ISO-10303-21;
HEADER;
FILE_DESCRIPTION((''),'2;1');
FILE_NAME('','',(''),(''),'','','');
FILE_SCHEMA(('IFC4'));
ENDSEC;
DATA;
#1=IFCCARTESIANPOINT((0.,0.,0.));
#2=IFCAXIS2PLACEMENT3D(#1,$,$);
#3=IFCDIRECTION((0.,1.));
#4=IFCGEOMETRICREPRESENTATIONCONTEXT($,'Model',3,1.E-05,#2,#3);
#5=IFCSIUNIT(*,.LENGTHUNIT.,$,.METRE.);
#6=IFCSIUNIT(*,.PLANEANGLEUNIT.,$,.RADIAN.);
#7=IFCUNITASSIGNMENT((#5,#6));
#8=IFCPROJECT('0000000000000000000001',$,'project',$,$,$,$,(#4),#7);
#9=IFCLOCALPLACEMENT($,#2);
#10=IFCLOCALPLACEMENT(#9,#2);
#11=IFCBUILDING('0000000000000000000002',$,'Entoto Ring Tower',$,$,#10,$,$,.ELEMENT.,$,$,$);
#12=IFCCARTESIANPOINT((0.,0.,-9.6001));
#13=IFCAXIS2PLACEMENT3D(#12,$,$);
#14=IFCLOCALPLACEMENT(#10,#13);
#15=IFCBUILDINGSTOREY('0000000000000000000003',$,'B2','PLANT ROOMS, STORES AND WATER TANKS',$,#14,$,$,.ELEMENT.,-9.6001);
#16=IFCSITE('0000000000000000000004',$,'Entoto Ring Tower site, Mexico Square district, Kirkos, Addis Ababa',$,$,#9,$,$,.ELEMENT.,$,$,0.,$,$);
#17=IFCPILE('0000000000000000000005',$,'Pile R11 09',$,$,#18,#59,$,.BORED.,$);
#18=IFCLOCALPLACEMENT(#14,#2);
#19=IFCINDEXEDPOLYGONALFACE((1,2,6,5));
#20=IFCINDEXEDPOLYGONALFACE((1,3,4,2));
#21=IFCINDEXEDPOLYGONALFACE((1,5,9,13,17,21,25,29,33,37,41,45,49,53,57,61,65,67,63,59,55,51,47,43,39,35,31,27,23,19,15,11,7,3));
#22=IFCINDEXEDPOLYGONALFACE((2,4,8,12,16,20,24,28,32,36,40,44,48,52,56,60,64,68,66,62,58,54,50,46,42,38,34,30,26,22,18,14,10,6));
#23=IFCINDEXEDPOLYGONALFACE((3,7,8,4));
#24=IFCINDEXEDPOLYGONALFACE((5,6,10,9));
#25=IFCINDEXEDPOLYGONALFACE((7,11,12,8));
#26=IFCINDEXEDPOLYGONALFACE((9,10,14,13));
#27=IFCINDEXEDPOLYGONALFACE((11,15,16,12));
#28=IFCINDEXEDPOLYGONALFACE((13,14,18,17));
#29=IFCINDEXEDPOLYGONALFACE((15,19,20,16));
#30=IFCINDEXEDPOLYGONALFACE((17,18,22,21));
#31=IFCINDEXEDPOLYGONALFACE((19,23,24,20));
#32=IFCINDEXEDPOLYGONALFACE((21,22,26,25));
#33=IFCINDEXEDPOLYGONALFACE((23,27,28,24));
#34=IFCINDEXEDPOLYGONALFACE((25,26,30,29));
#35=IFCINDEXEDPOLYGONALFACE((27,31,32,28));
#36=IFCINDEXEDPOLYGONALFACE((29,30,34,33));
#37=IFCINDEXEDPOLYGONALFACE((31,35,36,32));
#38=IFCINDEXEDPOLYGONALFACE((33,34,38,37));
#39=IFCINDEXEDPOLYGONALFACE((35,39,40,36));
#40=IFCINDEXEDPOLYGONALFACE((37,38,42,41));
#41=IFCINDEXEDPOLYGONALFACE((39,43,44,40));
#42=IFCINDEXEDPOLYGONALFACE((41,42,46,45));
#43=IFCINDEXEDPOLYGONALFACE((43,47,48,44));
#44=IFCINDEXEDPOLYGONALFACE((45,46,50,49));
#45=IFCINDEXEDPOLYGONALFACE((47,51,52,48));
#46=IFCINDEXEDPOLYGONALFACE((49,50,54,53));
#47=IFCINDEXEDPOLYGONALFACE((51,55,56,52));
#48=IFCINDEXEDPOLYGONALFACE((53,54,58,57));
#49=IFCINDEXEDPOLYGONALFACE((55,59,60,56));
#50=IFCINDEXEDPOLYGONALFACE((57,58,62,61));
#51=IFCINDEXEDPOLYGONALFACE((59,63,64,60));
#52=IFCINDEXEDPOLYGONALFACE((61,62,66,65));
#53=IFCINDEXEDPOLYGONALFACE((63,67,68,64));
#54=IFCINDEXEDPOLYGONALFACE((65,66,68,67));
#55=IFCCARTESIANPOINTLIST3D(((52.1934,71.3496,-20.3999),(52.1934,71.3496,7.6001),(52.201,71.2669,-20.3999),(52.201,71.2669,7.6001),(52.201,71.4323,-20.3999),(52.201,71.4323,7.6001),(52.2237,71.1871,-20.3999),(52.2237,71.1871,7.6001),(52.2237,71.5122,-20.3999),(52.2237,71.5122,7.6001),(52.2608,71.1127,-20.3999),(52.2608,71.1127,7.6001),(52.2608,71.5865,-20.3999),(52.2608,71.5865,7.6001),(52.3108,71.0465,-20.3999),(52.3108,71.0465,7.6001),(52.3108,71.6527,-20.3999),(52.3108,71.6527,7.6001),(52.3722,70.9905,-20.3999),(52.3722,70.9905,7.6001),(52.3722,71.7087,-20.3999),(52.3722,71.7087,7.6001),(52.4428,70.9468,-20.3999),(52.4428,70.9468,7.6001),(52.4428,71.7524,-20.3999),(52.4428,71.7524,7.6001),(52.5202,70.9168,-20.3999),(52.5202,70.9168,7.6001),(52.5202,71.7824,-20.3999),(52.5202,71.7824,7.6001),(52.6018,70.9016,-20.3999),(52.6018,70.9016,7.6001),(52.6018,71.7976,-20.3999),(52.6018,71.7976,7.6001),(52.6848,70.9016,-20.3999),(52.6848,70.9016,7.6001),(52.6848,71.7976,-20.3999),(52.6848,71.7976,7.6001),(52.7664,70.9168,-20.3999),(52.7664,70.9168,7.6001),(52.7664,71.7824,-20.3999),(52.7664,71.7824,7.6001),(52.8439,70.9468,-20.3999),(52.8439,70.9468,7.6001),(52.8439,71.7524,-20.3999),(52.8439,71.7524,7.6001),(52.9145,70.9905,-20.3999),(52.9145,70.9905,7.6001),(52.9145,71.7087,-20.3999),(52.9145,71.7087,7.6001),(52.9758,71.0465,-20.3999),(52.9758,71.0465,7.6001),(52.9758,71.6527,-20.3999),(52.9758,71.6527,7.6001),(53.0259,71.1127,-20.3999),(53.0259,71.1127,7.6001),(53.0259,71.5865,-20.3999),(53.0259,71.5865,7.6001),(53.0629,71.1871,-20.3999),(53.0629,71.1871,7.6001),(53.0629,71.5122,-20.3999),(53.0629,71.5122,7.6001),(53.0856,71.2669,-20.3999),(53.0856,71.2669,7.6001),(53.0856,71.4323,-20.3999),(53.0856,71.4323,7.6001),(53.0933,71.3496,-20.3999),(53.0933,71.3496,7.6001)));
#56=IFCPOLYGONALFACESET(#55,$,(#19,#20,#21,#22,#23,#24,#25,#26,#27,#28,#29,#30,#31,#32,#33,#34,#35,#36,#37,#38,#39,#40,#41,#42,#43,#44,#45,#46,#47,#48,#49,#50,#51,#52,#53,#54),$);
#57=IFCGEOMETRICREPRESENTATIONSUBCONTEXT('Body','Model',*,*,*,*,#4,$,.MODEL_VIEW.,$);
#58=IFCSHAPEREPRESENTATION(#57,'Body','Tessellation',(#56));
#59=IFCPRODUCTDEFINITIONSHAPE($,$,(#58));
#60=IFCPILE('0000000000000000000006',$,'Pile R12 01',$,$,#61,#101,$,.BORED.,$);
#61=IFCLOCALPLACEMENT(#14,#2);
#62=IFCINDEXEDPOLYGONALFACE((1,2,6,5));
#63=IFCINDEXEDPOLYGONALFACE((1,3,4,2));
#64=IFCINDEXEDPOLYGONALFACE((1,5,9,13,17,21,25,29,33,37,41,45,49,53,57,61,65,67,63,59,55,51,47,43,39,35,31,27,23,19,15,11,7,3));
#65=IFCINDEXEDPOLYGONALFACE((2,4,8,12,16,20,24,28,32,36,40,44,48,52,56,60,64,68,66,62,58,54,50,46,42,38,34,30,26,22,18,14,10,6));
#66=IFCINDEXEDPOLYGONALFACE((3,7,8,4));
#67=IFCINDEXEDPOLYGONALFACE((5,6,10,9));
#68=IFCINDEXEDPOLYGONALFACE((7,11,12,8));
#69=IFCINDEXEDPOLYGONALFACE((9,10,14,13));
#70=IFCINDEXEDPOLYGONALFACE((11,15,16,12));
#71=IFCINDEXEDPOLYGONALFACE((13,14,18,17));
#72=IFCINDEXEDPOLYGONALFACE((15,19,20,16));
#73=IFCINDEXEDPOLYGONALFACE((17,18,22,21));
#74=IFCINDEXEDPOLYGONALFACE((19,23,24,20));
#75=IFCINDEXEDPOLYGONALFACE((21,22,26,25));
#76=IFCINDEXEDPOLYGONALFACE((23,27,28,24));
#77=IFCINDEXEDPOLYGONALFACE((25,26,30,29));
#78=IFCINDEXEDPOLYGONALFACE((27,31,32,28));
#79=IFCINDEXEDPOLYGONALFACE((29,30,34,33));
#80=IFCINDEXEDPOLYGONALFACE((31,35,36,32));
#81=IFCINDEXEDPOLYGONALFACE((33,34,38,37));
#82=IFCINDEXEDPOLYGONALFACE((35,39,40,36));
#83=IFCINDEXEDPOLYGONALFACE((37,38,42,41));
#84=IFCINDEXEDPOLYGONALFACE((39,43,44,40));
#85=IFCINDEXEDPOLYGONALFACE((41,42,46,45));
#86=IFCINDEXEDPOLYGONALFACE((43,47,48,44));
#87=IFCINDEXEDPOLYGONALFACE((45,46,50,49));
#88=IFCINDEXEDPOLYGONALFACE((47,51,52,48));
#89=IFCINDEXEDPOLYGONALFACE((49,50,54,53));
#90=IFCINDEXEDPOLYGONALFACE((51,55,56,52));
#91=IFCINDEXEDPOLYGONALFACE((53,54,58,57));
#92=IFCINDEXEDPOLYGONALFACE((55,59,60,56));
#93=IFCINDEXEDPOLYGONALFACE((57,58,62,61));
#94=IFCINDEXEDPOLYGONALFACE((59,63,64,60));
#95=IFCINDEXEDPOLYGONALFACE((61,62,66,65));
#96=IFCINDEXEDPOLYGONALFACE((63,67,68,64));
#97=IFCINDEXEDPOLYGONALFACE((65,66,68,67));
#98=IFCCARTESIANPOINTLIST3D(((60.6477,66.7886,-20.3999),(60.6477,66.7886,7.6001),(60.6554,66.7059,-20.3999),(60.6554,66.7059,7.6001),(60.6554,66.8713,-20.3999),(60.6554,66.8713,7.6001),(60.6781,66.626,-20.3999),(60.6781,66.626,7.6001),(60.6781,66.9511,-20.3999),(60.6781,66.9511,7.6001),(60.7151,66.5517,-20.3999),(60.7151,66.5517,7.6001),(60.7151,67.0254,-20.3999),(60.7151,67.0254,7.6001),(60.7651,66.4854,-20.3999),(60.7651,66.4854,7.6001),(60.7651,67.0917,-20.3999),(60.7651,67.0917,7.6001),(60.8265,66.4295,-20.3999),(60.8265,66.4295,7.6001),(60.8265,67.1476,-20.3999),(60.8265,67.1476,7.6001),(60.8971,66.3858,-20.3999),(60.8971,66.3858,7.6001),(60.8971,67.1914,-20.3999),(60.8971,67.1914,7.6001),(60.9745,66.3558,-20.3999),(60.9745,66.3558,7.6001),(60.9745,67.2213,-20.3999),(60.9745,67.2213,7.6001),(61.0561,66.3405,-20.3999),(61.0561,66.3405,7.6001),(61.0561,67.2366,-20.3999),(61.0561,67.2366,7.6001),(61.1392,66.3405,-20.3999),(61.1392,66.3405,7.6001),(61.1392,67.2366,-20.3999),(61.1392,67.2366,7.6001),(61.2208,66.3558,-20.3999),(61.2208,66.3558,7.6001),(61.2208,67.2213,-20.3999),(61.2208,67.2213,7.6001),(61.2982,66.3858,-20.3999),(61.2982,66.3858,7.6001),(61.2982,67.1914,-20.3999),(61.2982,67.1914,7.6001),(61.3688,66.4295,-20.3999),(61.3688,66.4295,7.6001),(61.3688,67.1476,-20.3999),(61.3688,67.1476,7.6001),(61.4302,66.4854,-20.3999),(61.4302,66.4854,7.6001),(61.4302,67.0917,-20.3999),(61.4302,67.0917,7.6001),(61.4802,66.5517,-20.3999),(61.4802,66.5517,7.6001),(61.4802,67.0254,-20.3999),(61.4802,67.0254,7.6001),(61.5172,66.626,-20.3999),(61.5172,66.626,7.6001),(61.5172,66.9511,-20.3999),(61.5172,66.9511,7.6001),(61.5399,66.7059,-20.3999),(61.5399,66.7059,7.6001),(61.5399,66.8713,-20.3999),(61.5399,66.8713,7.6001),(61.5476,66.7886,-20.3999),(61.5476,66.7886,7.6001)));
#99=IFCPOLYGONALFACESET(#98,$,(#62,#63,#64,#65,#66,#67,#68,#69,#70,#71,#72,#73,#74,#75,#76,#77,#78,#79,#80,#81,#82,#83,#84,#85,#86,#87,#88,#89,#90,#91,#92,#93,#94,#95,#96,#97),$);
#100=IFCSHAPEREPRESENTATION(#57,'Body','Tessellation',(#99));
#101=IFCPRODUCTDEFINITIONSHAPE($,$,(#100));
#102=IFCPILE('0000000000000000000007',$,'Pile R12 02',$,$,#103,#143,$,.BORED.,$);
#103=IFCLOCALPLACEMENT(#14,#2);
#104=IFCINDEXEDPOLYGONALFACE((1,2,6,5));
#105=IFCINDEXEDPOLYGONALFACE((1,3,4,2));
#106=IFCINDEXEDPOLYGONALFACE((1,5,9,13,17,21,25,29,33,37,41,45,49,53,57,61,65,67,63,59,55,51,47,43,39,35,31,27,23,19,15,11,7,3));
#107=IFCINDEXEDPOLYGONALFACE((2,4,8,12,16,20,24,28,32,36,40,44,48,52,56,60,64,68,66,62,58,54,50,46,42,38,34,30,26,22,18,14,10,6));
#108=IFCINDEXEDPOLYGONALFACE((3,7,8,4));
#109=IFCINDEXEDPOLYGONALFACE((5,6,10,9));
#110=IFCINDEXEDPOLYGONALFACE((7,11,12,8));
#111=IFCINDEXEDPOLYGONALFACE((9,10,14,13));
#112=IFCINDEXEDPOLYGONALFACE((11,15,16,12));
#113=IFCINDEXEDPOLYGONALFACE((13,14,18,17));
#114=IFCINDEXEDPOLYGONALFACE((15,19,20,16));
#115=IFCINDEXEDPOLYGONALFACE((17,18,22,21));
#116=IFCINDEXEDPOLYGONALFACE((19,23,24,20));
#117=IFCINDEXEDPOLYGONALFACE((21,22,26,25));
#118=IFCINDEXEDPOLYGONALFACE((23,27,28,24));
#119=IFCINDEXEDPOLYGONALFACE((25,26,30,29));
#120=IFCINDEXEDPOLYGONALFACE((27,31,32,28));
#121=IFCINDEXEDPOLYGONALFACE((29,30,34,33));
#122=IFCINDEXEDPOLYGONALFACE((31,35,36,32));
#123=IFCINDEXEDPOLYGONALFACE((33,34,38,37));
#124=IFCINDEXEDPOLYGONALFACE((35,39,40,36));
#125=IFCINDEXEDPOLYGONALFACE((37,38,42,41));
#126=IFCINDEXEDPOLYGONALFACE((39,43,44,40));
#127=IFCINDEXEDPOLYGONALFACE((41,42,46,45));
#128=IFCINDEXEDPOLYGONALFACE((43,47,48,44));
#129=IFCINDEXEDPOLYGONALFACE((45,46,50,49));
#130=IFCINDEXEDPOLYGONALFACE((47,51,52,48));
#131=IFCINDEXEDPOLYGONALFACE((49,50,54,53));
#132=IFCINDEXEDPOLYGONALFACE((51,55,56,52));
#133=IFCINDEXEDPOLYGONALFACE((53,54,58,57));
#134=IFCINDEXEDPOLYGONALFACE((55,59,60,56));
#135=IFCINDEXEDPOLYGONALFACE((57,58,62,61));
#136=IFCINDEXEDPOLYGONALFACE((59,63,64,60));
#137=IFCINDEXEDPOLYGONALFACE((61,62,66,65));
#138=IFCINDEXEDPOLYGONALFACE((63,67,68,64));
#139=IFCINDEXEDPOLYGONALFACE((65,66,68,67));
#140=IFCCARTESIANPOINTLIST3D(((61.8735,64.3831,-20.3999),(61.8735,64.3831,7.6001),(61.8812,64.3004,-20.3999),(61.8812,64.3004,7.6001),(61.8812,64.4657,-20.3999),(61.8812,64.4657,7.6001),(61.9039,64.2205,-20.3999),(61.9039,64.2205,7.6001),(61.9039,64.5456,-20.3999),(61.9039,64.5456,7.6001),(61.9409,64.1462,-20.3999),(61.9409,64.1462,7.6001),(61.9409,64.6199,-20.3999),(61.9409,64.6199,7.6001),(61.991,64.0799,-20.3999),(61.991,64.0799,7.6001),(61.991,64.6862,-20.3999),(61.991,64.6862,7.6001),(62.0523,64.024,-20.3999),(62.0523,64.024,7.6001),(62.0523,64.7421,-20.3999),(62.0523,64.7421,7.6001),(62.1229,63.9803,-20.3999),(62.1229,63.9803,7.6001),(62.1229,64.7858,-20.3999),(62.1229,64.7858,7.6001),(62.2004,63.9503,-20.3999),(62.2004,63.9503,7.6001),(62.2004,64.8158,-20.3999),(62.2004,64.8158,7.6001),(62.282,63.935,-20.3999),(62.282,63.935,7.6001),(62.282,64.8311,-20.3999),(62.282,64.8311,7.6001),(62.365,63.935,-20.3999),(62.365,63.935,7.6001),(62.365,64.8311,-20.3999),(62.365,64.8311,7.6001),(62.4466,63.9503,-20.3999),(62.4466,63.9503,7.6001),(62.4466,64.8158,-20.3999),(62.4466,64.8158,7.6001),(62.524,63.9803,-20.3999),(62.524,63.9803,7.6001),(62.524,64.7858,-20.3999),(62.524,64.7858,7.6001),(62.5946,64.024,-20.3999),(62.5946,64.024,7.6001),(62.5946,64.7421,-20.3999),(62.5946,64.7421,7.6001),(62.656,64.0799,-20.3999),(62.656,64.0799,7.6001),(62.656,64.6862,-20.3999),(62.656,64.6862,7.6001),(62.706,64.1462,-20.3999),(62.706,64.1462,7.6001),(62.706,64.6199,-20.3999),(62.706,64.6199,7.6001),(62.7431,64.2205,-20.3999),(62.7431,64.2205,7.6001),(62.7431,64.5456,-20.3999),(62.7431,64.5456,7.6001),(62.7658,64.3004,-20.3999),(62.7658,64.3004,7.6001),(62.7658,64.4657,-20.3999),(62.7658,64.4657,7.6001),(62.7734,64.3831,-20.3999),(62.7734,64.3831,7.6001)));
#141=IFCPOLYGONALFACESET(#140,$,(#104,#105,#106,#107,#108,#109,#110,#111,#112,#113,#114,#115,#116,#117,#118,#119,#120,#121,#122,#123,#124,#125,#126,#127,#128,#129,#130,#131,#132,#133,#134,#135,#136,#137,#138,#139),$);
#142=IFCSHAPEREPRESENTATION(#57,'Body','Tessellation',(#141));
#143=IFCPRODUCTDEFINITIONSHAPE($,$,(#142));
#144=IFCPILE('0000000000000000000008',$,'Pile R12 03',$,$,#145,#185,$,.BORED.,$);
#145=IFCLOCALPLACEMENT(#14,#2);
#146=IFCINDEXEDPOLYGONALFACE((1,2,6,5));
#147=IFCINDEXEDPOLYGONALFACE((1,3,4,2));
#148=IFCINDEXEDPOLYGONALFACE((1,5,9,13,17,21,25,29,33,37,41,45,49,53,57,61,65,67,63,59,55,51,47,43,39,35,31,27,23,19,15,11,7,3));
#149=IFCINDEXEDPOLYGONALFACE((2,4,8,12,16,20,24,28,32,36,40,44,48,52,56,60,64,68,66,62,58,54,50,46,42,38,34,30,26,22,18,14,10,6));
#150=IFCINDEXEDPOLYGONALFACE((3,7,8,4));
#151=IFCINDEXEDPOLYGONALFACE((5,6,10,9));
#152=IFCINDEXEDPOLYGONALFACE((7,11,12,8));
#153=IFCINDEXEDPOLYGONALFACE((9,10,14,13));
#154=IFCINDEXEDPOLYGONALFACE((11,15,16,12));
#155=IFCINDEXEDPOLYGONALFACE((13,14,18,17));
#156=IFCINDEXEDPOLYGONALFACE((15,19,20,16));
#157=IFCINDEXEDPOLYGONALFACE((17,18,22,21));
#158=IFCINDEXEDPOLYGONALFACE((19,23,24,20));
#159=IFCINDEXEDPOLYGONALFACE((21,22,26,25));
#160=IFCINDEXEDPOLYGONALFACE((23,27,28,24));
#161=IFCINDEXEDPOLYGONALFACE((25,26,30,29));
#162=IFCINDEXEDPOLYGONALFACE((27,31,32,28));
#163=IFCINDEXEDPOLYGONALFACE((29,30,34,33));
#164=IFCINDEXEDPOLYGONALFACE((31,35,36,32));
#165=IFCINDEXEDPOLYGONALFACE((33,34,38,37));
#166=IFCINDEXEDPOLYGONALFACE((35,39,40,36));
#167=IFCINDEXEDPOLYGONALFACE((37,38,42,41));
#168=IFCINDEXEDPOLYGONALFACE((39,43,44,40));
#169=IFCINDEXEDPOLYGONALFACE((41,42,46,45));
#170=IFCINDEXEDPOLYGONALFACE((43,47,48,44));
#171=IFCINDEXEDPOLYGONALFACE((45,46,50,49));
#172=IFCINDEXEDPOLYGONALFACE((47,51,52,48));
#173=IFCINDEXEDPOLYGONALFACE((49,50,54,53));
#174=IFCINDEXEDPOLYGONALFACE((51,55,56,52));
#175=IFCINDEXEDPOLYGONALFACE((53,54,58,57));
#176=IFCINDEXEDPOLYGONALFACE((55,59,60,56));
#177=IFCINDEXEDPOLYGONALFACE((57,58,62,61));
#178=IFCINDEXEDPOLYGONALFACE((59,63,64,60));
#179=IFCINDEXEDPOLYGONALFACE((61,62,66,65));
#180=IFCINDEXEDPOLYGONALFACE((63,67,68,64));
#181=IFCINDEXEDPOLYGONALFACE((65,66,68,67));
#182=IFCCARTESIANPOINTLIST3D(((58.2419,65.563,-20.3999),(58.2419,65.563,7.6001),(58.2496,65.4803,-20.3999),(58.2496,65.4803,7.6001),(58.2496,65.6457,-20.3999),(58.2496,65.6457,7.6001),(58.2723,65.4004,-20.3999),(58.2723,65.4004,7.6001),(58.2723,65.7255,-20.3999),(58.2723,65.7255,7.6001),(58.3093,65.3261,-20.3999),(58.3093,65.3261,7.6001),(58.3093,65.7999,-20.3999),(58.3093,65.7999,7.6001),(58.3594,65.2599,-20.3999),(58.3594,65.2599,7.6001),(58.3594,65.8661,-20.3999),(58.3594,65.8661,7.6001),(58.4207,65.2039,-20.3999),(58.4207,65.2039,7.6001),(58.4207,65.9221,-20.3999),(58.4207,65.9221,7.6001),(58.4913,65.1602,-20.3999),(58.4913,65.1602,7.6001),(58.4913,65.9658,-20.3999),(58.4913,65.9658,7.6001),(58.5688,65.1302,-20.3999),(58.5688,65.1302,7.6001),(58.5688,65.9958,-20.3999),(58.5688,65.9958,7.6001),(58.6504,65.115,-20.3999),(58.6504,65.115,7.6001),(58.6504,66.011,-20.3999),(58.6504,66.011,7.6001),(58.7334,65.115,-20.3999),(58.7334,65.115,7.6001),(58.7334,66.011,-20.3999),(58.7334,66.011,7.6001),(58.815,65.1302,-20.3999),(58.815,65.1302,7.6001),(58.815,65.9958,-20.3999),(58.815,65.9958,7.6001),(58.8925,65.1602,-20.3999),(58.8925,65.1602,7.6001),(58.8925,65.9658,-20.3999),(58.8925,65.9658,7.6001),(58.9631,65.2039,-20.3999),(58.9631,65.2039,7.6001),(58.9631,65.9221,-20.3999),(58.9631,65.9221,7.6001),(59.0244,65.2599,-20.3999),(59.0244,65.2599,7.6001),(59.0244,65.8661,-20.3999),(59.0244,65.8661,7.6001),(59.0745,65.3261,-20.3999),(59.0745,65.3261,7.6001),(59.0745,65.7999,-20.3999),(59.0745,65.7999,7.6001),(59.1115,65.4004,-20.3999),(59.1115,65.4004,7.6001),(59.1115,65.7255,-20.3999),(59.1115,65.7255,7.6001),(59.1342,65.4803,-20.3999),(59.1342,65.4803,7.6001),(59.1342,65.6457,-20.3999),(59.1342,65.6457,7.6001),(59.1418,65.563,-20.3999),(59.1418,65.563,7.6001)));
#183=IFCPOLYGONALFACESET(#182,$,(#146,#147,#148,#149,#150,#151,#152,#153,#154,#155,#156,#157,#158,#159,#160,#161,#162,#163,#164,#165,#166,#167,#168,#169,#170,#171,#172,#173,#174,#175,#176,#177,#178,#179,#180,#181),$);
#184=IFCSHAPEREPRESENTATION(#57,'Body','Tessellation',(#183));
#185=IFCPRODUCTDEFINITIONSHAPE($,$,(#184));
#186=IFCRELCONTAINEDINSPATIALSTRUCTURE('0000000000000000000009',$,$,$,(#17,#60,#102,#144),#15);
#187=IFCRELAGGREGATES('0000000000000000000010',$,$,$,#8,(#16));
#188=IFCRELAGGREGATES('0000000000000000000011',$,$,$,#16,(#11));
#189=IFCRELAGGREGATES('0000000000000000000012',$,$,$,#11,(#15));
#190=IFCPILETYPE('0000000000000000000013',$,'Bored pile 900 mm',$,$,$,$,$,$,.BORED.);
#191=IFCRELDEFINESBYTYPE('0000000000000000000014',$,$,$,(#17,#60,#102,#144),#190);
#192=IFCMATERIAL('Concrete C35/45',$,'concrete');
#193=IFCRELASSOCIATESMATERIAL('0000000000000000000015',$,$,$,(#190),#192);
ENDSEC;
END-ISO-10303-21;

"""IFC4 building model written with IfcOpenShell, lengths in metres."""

from ifc_helpers import new_model, si_unit, direction, frame, origin, origin_2d, place, context, subcontext, project, spatial, circle, extrude, material, material_profile, profile_set, type_object, element, save


model = new_model("IFC4")

# Units and contexts
model_context = context("Model", 3, precision=1e-05, world=origin(), true_north=direction((0.0, 1.0)))
body_context = subcontext(model_context, "Body", "Model", "MODEL_VIEW")
ifc_project = project(units=[si_unit("LENGTHUNIT", "METRE"), si_unit("PLANEANGLEUNIT", "RADIAN")], contexts=[model_context])

# Site, building, storey
site_placement = place(None, origin())
site = spatial("IfcSite", under=ifc_project, at=site_placement, Name="Entoto Ring Tower site, Mexico Square district, Kirkos, Addis Ababa", CompositionType="ELEMENT", RefElevation=0.0)
building_placement = place(site_placement, origin())
building = spatial("IfcBuilding", under=site, at=building_placement, Name="Entoto Ring Tower", CompositionType="ELEMENT")
storey_placement = place(building_placement, frame((0.0, 0.0, -9.6001)))
storey = spatial("IfcBuildingStorey", under=building, at=storey_placement, Name="B2", Description="PLANT ROOMS, STORES AND WATER TANKS", CompositionType="ELEMENT", Elevation=-9.6001)

# Piles
ifc_material_1 = material(Name="Concrete C35/45", Category="concrete")
ifc_material_profile_1 = material_profile(ifc_material_1, circle(Radius=0.45, at=origin_2d()), Name="Bored pile 900 mm")
ifc_profile_set_1 = profile_set([ifc_material_profile_1], Name="Concrete C35/45")
pile_type = type_object("IfcPileType", Name="Bored pile 900 mm", PredefinedType="BORED", material=ifc_profile_set_1)
for number, where, z_axis, x_axis, name in (
    (1, (52.6433, 71.3496, 7.6001), (0.0, 0.0, -1.0), (1.0, 0.0, 0.0), "Pile R11 09"),
    (2, (61.0977, 66.7886, 7.6001), (0.0, 0.0, -1.0), (1.0, 0.0, 0.0), "Pile R12 01"),
    (3, (62.3235, 64.3831, 7.6001), (0.0, 0.0, -1.0), (1.0, 0.0, 0.0), "Pile R12 02"),
    (4, (58.6919, 65.563, 7.6001), (0.0, 0.0, -1.0), (1.0, 0.0, 0.0), "Pile R12 03"),
):
    element("IfcPile", number, at=place(storey_placement, frame(where, z_axis=z_axis, x_axis=x_axis)), inside=storey, type_object=pile_type, Name=name, PredefinedType="BORED", context=body_context, shape_type="SweptSolid", body=[
        extrude(circle(Radius=0.45, at=origin_2d()), origin(), (0.0, 0.0, 1.0), 28.0),
    ])

save(model, "model.ifc")
